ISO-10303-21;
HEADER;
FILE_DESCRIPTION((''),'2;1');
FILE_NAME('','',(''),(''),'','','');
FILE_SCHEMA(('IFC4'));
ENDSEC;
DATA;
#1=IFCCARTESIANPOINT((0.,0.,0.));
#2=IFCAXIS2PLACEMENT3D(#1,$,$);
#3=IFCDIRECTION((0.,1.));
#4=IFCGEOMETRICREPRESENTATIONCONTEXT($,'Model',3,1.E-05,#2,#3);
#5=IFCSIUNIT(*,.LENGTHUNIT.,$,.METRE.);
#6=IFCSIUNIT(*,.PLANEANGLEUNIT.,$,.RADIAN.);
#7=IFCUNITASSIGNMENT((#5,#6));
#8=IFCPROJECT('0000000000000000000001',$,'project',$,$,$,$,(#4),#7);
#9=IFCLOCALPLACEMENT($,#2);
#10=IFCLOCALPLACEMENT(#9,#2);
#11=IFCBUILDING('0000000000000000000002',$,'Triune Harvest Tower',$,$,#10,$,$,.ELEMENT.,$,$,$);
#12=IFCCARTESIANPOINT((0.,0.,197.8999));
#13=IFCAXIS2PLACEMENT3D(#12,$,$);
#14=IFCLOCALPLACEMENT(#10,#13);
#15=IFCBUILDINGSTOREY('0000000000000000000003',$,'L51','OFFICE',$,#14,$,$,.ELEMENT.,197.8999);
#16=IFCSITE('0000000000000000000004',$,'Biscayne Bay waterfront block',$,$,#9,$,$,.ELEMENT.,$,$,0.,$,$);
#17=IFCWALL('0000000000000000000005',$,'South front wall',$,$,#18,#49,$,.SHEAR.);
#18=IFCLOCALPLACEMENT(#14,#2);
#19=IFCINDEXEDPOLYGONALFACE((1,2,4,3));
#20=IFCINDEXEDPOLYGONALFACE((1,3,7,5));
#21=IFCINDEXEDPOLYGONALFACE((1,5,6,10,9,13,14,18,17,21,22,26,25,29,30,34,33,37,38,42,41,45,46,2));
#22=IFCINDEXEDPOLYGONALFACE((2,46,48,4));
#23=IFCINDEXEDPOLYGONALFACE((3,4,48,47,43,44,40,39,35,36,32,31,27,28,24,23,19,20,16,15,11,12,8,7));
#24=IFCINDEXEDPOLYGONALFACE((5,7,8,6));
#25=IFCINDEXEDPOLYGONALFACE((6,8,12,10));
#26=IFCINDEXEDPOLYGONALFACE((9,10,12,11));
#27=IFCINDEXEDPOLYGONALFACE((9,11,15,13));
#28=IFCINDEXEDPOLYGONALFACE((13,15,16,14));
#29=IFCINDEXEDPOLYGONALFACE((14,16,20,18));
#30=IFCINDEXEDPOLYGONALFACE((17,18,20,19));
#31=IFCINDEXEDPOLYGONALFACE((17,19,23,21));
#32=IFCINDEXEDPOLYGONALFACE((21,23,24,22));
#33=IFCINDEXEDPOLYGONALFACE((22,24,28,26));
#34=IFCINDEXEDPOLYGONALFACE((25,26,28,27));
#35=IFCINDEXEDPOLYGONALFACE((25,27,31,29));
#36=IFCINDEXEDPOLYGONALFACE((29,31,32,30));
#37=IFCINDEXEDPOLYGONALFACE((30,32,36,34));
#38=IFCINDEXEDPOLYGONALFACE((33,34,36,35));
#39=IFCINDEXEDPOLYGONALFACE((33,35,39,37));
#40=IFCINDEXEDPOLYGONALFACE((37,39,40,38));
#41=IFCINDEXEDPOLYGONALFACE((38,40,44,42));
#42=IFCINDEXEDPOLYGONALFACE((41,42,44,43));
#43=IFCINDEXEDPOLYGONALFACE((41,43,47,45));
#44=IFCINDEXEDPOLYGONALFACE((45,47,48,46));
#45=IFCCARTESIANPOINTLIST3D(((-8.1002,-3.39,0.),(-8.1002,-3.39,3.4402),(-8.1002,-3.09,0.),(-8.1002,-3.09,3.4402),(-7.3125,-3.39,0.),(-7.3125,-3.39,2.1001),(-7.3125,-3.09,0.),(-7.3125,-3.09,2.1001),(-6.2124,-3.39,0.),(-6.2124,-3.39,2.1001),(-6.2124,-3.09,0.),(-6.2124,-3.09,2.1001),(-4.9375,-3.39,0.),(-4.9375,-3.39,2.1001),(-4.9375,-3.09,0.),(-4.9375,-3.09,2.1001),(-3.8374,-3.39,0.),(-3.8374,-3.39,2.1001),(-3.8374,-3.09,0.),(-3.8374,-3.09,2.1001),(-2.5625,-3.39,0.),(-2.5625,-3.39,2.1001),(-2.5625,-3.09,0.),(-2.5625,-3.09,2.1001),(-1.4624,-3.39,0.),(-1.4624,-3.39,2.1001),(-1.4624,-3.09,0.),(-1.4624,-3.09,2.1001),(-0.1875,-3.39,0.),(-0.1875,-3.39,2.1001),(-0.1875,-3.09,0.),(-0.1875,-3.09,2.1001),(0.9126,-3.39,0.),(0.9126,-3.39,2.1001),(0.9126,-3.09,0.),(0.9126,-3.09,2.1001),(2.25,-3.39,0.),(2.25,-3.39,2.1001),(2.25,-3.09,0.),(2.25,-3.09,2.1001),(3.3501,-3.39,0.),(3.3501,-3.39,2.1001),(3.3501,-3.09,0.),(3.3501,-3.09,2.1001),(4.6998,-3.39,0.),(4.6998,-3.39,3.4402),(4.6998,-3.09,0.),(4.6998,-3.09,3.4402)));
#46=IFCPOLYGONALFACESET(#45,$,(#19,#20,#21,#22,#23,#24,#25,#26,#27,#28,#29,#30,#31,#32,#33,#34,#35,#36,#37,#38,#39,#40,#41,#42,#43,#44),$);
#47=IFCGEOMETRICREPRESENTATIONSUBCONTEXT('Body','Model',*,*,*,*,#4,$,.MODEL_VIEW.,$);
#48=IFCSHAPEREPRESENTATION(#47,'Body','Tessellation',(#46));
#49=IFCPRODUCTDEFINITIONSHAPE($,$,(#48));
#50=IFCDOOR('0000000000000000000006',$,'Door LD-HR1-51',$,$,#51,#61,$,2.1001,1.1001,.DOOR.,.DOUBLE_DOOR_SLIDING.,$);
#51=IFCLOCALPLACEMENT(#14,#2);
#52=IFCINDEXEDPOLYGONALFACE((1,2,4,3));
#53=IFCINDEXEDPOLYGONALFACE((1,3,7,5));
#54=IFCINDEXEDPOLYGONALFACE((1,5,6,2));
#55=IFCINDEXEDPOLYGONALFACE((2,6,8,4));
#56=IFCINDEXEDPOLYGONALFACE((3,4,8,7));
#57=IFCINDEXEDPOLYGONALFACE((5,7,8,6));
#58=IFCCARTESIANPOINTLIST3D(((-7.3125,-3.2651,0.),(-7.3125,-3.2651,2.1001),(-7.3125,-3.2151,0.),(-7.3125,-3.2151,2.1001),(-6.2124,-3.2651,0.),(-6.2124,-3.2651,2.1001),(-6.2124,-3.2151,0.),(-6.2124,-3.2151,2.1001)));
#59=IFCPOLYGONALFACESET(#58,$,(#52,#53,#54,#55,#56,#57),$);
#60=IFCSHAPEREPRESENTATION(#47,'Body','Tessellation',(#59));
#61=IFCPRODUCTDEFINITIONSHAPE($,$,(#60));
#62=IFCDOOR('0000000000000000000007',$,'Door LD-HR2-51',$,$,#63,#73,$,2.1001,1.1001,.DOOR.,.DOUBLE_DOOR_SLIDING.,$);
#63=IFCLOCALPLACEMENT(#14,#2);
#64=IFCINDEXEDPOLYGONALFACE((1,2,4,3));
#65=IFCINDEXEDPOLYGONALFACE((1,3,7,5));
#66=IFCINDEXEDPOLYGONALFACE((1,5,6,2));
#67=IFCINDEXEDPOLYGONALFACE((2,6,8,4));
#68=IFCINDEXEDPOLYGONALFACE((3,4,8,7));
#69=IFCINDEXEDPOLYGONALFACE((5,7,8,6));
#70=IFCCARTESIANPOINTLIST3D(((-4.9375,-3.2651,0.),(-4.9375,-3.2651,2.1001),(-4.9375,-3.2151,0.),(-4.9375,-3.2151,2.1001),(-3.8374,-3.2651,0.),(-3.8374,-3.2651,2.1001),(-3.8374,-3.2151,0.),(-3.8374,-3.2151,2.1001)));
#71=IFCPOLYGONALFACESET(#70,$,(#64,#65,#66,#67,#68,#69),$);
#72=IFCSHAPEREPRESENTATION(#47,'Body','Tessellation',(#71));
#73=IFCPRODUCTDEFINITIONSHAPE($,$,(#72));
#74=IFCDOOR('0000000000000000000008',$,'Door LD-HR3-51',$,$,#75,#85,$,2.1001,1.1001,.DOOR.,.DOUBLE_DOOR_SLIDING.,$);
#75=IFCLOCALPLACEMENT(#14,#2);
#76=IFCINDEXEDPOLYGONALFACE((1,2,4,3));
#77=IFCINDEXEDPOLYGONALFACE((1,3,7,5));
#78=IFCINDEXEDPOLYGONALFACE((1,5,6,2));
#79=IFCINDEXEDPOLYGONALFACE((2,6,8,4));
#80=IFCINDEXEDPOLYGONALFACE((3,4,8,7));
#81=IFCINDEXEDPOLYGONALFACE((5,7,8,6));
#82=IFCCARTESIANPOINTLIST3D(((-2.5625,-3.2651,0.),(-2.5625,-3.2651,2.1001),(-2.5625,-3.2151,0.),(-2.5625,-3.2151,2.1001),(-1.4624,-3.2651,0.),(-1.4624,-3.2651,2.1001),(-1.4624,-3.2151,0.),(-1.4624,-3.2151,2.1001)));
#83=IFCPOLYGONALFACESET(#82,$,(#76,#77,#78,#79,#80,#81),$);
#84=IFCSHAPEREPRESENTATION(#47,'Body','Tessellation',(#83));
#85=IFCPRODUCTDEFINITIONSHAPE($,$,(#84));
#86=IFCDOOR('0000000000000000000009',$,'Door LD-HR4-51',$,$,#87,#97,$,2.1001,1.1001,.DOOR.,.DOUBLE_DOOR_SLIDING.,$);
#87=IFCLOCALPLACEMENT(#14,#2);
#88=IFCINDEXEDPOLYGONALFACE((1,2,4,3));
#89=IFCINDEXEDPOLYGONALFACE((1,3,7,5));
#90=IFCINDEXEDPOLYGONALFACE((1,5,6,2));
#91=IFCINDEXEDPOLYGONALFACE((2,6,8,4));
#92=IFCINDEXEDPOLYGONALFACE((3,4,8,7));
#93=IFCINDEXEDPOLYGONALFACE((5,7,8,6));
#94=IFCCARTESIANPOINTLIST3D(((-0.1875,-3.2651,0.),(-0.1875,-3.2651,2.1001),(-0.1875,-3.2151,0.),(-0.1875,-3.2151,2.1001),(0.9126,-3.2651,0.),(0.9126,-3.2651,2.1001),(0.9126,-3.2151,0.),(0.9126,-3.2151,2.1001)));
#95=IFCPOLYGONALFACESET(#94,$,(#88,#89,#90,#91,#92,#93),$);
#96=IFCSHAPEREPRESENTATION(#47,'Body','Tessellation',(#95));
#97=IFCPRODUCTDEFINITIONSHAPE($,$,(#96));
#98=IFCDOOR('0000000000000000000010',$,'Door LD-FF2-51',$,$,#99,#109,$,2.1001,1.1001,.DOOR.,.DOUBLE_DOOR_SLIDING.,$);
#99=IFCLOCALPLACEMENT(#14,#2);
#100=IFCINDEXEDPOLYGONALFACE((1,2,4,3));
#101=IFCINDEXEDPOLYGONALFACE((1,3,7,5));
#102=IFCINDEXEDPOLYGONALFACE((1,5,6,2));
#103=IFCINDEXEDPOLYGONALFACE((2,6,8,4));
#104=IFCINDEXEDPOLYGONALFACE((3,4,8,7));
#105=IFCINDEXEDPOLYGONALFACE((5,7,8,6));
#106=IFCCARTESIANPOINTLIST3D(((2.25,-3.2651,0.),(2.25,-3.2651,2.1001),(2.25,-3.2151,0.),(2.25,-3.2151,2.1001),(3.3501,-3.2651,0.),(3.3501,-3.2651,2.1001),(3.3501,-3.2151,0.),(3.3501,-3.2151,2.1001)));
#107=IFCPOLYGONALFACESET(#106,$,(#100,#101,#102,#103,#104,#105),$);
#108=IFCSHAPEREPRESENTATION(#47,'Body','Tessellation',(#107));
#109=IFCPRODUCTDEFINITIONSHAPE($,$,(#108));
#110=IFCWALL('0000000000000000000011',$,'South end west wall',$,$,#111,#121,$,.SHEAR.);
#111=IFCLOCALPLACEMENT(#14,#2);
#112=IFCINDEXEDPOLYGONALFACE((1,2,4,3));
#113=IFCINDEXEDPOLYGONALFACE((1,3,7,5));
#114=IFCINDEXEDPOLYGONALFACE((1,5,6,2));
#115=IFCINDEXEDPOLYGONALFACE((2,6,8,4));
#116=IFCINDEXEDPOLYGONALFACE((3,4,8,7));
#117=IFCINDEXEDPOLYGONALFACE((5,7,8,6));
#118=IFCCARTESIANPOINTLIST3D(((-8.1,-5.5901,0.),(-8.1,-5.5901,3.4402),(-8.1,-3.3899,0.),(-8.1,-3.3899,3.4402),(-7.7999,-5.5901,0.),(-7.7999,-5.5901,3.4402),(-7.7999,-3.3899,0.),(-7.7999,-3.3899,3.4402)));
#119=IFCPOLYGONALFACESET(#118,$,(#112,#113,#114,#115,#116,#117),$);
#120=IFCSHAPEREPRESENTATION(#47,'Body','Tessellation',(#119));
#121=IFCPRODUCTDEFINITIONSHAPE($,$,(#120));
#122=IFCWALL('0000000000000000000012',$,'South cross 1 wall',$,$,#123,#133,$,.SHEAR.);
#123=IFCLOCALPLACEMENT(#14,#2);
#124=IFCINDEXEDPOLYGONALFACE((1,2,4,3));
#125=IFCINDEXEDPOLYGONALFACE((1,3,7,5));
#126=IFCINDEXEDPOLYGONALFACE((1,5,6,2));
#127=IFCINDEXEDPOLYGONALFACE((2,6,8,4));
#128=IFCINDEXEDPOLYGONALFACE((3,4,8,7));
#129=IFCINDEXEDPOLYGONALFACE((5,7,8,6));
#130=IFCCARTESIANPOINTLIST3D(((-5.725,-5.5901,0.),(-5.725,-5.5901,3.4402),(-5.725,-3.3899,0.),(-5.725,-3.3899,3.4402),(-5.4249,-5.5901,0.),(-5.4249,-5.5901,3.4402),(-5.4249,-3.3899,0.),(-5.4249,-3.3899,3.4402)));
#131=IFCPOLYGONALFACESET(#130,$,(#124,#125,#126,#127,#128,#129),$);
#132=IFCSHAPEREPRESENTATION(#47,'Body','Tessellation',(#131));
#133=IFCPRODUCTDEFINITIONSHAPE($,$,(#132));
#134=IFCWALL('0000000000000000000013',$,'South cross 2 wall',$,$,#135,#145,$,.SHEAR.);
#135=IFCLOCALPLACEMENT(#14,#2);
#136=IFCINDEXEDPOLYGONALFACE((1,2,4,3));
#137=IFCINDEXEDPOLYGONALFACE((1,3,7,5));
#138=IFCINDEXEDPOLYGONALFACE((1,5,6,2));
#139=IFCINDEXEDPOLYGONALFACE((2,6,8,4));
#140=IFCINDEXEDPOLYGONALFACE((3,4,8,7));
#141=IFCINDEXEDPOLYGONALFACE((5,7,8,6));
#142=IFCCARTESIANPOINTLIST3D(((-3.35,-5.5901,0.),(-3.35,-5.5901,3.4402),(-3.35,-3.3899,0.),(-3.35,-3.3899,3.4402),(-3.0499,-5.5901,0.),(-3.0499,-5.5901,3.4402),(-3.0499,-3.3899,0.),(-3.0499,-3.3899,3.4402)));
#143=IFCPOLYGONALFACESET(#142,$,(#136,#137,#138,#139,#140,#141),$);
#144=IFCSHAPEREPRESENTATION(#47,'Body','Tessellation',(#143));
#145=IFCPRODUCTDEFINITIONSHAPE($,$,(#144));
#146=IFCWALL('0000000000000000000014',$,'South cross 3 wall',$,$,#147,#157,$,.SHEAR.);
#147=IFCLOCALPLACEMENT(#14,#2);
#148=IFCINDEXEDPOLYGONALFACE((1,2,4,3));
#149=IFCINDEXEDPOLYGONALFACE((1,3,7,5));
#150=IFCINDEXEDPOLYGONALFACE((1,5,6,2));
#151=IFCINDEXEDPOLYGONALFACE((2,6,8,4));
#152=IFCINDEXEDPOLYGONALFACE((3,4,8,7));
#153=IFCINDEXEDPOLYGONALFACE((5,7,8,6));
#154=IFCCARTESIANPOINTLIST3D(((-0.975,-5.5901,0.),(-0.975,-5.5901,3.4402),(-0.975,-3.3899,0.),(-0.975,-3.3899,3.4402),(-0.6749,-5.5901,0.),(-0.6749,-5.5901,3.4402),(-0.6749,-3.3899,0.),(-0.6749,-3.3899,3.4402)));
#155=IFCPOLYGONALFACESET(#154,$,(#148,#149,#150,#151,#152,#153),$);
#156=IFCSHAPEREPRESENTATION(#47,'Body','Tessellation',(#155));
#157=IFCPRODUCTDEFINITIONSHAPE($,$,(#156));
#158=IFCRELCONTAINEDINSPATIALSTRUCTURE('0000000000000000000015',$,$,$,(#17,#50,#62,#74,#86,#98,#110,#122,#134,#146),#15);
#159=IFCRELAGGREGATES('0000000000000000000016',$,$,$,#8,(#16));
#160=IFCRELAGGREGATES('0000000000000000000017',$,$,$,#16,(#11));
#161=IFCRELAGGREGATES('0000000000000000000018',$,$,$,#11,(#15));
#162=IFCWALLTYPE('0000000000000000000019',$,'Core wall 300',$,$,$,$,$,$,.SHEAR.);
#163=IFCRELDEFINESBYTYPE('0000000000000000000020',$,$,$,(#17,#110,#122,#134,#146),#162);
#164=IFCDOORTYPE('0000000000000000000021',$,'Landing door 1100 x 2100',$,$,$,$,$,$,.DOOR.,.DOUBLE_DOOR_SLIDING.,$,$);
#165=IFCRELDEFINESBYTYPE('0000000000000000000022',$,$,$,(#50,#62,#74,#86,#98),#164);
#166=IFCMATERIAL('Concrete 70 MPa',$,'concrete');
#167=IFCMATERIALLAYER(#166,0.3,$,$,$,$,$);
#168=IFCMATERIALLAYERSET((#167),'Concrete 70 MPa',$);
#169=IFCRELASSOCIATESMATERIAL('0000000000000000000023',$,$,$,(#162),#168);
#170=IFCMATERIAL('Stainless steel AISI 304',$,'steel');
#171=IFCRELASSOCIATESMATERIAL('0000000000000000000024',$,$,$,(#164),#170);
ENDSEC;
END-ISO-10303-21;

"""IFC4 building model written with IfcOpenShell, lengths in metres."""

from ifc_helpers import new_model, si_unit, direction, frame, frame_2d, origin, place, context, subcontext, project, spatial, rectangle, extrude, source, transform, mapped, material, layer, layer_set, type_object, element, fill, save


model = new_model("IFC4")

# Units and contexts
model_context = context("Model", 3, precision=1e-05, world=origin(), true_north=direction((0.0, 1.0)))
body_context = subcontext(model_context, "Body", "Model", "MODEL_VIEW")
ifc_project = project(units=[si_unit("LENGTHUNIT", "METRE"), si_unit("PLANEANGLEUNIT", "RADIAN")], contexts=[model_context])

# Site, building, storey
site_placement = place(None, origin())
site = spatial("IfcSite", under=ifc_project, at=site_placement, Name="Biscayne Bay waterfront block", CompositionType="ELEMENT", RefElevation=0.0)
building_placement = place(site_placement, origin())
building = spatial("IfcBuilding", under=site, at=building_placement, Name="Triune Harvest Tower", CompositionType="ELEMENT")
storey_placement = place(building_placement, frame((0.0, 0.0, 197.8999)))
storey = spatial("IfcBuildingStorey", under=building, at=storey_placement, Name="L51", Description="OFFICE", CompositionType="ELEMENT", Elevation=197.8999)

# Wall, openings, doors
ifc_material_1 = material(Name="Concrete 70 MPa", Category="concrete")
ifc_layer_1 = layer(ifc_material_1, 0.3)
ifc_layer_set_1 = layer_set([ifc_layer_1], Name="Concrete 70 MPa")
wall_type_1 = type_object("IfcWallType", Name="Core wall 300", PredefinedType="SHEAR", material=ifc_layer_set_1)
shared_shape_1 = source(origin(), body_context, "Body", "SweptSolid", [
    extrude(rectangle(XDim=12.8, YDim=0.3, at=frame_2d((6.3999, 0.0))), origin(), (0.0, 0.0, 1.0), 3.4402),
])
wall_1_placement = place(storey_placement, frame((-8.1001, -3.24, 0.0), z_axis=(0.0, 0.0, 1.0), x_axis=(1.0, 0.0, 0.0)))
wall_1 = element("IfcWall", 1, at=wall_1_placement, inside=storey, type_object=wall_type_1, Name="South front wall", PredefinedType="SHEAR", context=body_context, shape_type="MappedRepresentation", body=[
    mapped(shared_shape_1, transform((0.0, 0.0, 0.0), scale=1.0)),
])
opening_1_placement = place(wall_1_placement, frame((0.7876, 0.0, 0.0)))
opening_1 = element("IfcOpeningElement", 2, at=opening_1_placement, cuts=wall_1, PredefinedType="OPENING", context=body_context, shape_type="SweptSolid", body=[
    extrude(rectangle(XDim=1.1001, YDim=2.1001, at=frame_2d((0.55, 1.05))), frame((0.0, 0.1602, 0.0), z_axis=(0.0, -1.0, 0.0), x_axis=(1.0, 0.0, 0.0)), (0.0, 0.0, 1.0), 0.3201),
])
opening_2_placement = place(wall_1_placement, frame((3.1626, 0.0, 0.0)))
opening_2 = element("IfcOpeningElement", 3, at=opening_2_placement, cuts=wall_1, PredefinedType="OPENING", context=body_context, shape_type="SweptSolid", body=[
    extrude(rectangle(XDim=1.1001, YDim=2.1001, at=frame_2d((0.55, 1.05))), frame((0.0, 0.1602, 0.0), z_axis=(0.0, -1.0, 0.0), x_axis=(1.0, 0.0, 0.0)), (0.0, 0.0, 1.0), 0.3201),
])
opening_3_placement = place(wall_1_placement, frame((5.5376, 0.0, 0.0)))
opening_3 = element("IfcOpeningElement", 4, at=opening_3_placement, cuts=wall_1, PredefinedType="OPENING", context=body_context, shape_type="SweptSolid", body=[
    extrude(rectangle(XDim=1.1001, YDim=2.1001, at=frame_2d((0.55, 1.05))), frame((0.0, 0.1602, 0.0), z_axis=(0.0, -1.0, 0.0), x_axis=(1.0, 0.0, 0.0)), (0.0, 0.0, 1.0), 0.3201),
])
opening_4_placement = place(wall_1_placement, frame((7.9126, 0.0, 0.0)))
opening_4 = element("IfcOpeningElement", 5, at=opening_4_placement, cuts=wall_1, PredefinedType="OPENING", context=body_context, shape_type="SweptSolid", body=[
    extrude(rectangle(XDim=1.1001, YDim=2.1001, at=frame_2d((0.55, 1.05))), frame((0.0, 0.1602, 0.0), z_axis=(0.0, -1.0, 0.0), x_axis=(1.0, 0.0, 0.0)), (0.0, 0.0, 1.0), 0.3201),
])
opening_5_placement = place(wall_1_placement, frame((10.3501, 0.0, 0.0)))
opening_5 = element("IfcOpeningElement", 6, at=opening_5_placement, cuts=wall_1, PredefinedType="OPENING", context=body_context, shape_type="SweptSolid", body=[
    extrude(rectangle(XDim=1.1001, YDim=2.1001, at=frame_2d((0.55, 1.05))), frame((0.0, 0.1602, 0.0), z_axis=(0.0, -1.0, 0.0), x_axis=(1.0, 0.0, 0.0)), (0.0, 0.0, 1.0), 0.3201),
])
ifc_material_2 = material(Name="Stainless steel AISI 304", Category="steel")
door_type_1 = type_object("IfcDoorType", Name="Landing door 1100 x 2100", OperationType="DOUBLE_DOOR_SLIDING", PredefinedType="DOOR", material=ifc_material_2)
door_1_placement = place(opening_1_placement, origin())
door_1 = element("IfcDoor", 7, at=door_1_placement, inside=storey, type_object=door_type_1, Name="Door LD-HR1-51", OperationType="DOUBLE_DOOR_SLIDING", OverallHeight=2.1001, OverallWidth=1.1001, PredefinedType="DOOR", context=body_context, shape_type="SweptSolid", body=[
    extrude(rectangle(XDim=1.1001, YDim=2.1001, at=frame_2d((0.55, 1.05))), frame((0.0, 0.0249, 0.0), z_axis=(0.0, -1.0, 0.0), x_axis=(1.0, 0.0, 0.0)), (0.0, 0.0, 1.0), 0.05),
])
fill(opening_1, door_1)
door_2_placement = place(opening_2_placement, origin())
door_2 = element("IfcDoor", 8, at=door_2_placement, inside=storey, type_object=door_type_1, Name="Door LD-HR2-51", OperationType="DOUBLE_DOOR_SLIDING", OverallHeight=2.1001, OverallWidth=1.1001, PredefinedType="DOOR", context=body_context, shape_type="SweptSolid", body=[
    extrude(rectangle(XDim=1.1001, YDim=2.1001, at=frame_2d((0.55, 1.05))), frame((0.0, 0.0249, 0.0), z_axis=(0.0, -1.0, 0.0), x_axis=(1.0, 0.0, 0.0)), (0.0, 0.0, 1.0), 0.05),
])
fill(opening_2, door_2)
door_3_placement = place(opening_3_placement, origin())
door_3 = element("IfcDoor", 9, at=door_3_placement, inside=storey, type_object=door_type_1, Name="Door LD-HR3-51", OperationType="DOUBLE_DOOR_SLIDING", OverallHeight=2.1001, OverallWidth=1.1001, PredefinedType="DOOR", context=body_context, shape_type="SweptSolid", body=[
    extrude(rectangle(XDim=1.1001, YDim=2.1001, at=frame_2d((0.55, 1.05))), frame((0.0, 0.0249, 0.0), z_axis=(0.0, -1.0, 0.0), x_axis=(1.0, 0.0, 0.0)), (0.0, 0.0, 1.0), 0.05),
])
fill(opening_3, door_3)
door_4_placement = place(opening_4_placement, origin())
door_4 = element("IfcDoor", 10, at=door_4_placement, inside=storey, type_object=door_type_1, Name="Door LD-HR4-51", OperationType="DOUBLE_DOOR_SLIDING", OverallHeight=2.1001, OverallWidth=1.1001, PredefinedType="DOOR", context=body_context, shape_type="SweptSolid", body=[
    extrude(rectangle(XDim=1.1001, YDim=2.1001, at=frame_2d((0.55, 1.05))), frame((0.0, 0.0249, 0.0), z_axis=(0.0, -1.0, 0.0), x_axis=(1.0, 0.0, 0.0)), (0.0, 0.0, 1.0), 0.05),
])
fill(opening_4, door_4)
door_5_placement = place(opening_5_placement, origin())
door_5 = element("IfcDoor", 11, at=door_5_placement, inside=storey, type_object=door_type_1, Name="Door LD-FF2-51", OperationType="DOUBLE_DOOR_SLIDING", OverallHeight=2.1001, OverallWidth=1.1001, PredefinedType="DOOR", context=body_context, shape_type="SweptSolid", body=[
    extrude(rectangle(XDim=1.1001, YDim=2.1001, at=frame_2d((0.55, 1.05))), frame((0.0, 0.0249, 0.0), z_axis=(0.0, -1.0, 0.0), x_axis=(1.0, 0.0, 0.0)), (0.0, 0.0, 1.0), 0.05),
])
fill(opening_5, door_5)

# Walls
shared_shape_2 = source(origin(), body_context, "Body", "SweptSolid", [
    extrude(rectangle(XDim=2.2002, YDim=0.3, at=frame_2d((1.1001, 0.0))), origin(), (0.0, 0.0, 1.0), 3.4402),
])
for number, where, z_axis, x_axis, name in (
    (12, (-7.95, -5.5901, 0.0), (0.0, 0.0, 1.0), (0.0, 1.0, 0.0), "South end west wall"),
    (13, (-5.575, -5.5901, 0.0), (0.0, 0.0, 1.0), (0.0, 1.0, 0.0), "South cross 1 wall"),
    (14, (-3.2, -5.5901, 0.0), (0.0, 0.0, 1.0), (0.0, 1.0, 0.0), "South cross 2 wall"),
    (15, (-0.825, -5.5901, 0.0), (0.0, 0.0, 1.0), (0.0, 1.0, 0.0), "South cross 3 wall"),
):
    element("IfcWall", number, at=place(storey_placement, frame(where, z_axis=z_axis, x_axis=x_axis)), inside=storey, type_object=wall_type_1, Name=name, PredefinedType="SHEAR", context=body_context, shape_type="MappedRepresentation", body=[
        mapped(shared_shape_2, transform((0.0, 0.0, 0.0), scale=1.0)),
    ])

save(model, "model.ifc")
